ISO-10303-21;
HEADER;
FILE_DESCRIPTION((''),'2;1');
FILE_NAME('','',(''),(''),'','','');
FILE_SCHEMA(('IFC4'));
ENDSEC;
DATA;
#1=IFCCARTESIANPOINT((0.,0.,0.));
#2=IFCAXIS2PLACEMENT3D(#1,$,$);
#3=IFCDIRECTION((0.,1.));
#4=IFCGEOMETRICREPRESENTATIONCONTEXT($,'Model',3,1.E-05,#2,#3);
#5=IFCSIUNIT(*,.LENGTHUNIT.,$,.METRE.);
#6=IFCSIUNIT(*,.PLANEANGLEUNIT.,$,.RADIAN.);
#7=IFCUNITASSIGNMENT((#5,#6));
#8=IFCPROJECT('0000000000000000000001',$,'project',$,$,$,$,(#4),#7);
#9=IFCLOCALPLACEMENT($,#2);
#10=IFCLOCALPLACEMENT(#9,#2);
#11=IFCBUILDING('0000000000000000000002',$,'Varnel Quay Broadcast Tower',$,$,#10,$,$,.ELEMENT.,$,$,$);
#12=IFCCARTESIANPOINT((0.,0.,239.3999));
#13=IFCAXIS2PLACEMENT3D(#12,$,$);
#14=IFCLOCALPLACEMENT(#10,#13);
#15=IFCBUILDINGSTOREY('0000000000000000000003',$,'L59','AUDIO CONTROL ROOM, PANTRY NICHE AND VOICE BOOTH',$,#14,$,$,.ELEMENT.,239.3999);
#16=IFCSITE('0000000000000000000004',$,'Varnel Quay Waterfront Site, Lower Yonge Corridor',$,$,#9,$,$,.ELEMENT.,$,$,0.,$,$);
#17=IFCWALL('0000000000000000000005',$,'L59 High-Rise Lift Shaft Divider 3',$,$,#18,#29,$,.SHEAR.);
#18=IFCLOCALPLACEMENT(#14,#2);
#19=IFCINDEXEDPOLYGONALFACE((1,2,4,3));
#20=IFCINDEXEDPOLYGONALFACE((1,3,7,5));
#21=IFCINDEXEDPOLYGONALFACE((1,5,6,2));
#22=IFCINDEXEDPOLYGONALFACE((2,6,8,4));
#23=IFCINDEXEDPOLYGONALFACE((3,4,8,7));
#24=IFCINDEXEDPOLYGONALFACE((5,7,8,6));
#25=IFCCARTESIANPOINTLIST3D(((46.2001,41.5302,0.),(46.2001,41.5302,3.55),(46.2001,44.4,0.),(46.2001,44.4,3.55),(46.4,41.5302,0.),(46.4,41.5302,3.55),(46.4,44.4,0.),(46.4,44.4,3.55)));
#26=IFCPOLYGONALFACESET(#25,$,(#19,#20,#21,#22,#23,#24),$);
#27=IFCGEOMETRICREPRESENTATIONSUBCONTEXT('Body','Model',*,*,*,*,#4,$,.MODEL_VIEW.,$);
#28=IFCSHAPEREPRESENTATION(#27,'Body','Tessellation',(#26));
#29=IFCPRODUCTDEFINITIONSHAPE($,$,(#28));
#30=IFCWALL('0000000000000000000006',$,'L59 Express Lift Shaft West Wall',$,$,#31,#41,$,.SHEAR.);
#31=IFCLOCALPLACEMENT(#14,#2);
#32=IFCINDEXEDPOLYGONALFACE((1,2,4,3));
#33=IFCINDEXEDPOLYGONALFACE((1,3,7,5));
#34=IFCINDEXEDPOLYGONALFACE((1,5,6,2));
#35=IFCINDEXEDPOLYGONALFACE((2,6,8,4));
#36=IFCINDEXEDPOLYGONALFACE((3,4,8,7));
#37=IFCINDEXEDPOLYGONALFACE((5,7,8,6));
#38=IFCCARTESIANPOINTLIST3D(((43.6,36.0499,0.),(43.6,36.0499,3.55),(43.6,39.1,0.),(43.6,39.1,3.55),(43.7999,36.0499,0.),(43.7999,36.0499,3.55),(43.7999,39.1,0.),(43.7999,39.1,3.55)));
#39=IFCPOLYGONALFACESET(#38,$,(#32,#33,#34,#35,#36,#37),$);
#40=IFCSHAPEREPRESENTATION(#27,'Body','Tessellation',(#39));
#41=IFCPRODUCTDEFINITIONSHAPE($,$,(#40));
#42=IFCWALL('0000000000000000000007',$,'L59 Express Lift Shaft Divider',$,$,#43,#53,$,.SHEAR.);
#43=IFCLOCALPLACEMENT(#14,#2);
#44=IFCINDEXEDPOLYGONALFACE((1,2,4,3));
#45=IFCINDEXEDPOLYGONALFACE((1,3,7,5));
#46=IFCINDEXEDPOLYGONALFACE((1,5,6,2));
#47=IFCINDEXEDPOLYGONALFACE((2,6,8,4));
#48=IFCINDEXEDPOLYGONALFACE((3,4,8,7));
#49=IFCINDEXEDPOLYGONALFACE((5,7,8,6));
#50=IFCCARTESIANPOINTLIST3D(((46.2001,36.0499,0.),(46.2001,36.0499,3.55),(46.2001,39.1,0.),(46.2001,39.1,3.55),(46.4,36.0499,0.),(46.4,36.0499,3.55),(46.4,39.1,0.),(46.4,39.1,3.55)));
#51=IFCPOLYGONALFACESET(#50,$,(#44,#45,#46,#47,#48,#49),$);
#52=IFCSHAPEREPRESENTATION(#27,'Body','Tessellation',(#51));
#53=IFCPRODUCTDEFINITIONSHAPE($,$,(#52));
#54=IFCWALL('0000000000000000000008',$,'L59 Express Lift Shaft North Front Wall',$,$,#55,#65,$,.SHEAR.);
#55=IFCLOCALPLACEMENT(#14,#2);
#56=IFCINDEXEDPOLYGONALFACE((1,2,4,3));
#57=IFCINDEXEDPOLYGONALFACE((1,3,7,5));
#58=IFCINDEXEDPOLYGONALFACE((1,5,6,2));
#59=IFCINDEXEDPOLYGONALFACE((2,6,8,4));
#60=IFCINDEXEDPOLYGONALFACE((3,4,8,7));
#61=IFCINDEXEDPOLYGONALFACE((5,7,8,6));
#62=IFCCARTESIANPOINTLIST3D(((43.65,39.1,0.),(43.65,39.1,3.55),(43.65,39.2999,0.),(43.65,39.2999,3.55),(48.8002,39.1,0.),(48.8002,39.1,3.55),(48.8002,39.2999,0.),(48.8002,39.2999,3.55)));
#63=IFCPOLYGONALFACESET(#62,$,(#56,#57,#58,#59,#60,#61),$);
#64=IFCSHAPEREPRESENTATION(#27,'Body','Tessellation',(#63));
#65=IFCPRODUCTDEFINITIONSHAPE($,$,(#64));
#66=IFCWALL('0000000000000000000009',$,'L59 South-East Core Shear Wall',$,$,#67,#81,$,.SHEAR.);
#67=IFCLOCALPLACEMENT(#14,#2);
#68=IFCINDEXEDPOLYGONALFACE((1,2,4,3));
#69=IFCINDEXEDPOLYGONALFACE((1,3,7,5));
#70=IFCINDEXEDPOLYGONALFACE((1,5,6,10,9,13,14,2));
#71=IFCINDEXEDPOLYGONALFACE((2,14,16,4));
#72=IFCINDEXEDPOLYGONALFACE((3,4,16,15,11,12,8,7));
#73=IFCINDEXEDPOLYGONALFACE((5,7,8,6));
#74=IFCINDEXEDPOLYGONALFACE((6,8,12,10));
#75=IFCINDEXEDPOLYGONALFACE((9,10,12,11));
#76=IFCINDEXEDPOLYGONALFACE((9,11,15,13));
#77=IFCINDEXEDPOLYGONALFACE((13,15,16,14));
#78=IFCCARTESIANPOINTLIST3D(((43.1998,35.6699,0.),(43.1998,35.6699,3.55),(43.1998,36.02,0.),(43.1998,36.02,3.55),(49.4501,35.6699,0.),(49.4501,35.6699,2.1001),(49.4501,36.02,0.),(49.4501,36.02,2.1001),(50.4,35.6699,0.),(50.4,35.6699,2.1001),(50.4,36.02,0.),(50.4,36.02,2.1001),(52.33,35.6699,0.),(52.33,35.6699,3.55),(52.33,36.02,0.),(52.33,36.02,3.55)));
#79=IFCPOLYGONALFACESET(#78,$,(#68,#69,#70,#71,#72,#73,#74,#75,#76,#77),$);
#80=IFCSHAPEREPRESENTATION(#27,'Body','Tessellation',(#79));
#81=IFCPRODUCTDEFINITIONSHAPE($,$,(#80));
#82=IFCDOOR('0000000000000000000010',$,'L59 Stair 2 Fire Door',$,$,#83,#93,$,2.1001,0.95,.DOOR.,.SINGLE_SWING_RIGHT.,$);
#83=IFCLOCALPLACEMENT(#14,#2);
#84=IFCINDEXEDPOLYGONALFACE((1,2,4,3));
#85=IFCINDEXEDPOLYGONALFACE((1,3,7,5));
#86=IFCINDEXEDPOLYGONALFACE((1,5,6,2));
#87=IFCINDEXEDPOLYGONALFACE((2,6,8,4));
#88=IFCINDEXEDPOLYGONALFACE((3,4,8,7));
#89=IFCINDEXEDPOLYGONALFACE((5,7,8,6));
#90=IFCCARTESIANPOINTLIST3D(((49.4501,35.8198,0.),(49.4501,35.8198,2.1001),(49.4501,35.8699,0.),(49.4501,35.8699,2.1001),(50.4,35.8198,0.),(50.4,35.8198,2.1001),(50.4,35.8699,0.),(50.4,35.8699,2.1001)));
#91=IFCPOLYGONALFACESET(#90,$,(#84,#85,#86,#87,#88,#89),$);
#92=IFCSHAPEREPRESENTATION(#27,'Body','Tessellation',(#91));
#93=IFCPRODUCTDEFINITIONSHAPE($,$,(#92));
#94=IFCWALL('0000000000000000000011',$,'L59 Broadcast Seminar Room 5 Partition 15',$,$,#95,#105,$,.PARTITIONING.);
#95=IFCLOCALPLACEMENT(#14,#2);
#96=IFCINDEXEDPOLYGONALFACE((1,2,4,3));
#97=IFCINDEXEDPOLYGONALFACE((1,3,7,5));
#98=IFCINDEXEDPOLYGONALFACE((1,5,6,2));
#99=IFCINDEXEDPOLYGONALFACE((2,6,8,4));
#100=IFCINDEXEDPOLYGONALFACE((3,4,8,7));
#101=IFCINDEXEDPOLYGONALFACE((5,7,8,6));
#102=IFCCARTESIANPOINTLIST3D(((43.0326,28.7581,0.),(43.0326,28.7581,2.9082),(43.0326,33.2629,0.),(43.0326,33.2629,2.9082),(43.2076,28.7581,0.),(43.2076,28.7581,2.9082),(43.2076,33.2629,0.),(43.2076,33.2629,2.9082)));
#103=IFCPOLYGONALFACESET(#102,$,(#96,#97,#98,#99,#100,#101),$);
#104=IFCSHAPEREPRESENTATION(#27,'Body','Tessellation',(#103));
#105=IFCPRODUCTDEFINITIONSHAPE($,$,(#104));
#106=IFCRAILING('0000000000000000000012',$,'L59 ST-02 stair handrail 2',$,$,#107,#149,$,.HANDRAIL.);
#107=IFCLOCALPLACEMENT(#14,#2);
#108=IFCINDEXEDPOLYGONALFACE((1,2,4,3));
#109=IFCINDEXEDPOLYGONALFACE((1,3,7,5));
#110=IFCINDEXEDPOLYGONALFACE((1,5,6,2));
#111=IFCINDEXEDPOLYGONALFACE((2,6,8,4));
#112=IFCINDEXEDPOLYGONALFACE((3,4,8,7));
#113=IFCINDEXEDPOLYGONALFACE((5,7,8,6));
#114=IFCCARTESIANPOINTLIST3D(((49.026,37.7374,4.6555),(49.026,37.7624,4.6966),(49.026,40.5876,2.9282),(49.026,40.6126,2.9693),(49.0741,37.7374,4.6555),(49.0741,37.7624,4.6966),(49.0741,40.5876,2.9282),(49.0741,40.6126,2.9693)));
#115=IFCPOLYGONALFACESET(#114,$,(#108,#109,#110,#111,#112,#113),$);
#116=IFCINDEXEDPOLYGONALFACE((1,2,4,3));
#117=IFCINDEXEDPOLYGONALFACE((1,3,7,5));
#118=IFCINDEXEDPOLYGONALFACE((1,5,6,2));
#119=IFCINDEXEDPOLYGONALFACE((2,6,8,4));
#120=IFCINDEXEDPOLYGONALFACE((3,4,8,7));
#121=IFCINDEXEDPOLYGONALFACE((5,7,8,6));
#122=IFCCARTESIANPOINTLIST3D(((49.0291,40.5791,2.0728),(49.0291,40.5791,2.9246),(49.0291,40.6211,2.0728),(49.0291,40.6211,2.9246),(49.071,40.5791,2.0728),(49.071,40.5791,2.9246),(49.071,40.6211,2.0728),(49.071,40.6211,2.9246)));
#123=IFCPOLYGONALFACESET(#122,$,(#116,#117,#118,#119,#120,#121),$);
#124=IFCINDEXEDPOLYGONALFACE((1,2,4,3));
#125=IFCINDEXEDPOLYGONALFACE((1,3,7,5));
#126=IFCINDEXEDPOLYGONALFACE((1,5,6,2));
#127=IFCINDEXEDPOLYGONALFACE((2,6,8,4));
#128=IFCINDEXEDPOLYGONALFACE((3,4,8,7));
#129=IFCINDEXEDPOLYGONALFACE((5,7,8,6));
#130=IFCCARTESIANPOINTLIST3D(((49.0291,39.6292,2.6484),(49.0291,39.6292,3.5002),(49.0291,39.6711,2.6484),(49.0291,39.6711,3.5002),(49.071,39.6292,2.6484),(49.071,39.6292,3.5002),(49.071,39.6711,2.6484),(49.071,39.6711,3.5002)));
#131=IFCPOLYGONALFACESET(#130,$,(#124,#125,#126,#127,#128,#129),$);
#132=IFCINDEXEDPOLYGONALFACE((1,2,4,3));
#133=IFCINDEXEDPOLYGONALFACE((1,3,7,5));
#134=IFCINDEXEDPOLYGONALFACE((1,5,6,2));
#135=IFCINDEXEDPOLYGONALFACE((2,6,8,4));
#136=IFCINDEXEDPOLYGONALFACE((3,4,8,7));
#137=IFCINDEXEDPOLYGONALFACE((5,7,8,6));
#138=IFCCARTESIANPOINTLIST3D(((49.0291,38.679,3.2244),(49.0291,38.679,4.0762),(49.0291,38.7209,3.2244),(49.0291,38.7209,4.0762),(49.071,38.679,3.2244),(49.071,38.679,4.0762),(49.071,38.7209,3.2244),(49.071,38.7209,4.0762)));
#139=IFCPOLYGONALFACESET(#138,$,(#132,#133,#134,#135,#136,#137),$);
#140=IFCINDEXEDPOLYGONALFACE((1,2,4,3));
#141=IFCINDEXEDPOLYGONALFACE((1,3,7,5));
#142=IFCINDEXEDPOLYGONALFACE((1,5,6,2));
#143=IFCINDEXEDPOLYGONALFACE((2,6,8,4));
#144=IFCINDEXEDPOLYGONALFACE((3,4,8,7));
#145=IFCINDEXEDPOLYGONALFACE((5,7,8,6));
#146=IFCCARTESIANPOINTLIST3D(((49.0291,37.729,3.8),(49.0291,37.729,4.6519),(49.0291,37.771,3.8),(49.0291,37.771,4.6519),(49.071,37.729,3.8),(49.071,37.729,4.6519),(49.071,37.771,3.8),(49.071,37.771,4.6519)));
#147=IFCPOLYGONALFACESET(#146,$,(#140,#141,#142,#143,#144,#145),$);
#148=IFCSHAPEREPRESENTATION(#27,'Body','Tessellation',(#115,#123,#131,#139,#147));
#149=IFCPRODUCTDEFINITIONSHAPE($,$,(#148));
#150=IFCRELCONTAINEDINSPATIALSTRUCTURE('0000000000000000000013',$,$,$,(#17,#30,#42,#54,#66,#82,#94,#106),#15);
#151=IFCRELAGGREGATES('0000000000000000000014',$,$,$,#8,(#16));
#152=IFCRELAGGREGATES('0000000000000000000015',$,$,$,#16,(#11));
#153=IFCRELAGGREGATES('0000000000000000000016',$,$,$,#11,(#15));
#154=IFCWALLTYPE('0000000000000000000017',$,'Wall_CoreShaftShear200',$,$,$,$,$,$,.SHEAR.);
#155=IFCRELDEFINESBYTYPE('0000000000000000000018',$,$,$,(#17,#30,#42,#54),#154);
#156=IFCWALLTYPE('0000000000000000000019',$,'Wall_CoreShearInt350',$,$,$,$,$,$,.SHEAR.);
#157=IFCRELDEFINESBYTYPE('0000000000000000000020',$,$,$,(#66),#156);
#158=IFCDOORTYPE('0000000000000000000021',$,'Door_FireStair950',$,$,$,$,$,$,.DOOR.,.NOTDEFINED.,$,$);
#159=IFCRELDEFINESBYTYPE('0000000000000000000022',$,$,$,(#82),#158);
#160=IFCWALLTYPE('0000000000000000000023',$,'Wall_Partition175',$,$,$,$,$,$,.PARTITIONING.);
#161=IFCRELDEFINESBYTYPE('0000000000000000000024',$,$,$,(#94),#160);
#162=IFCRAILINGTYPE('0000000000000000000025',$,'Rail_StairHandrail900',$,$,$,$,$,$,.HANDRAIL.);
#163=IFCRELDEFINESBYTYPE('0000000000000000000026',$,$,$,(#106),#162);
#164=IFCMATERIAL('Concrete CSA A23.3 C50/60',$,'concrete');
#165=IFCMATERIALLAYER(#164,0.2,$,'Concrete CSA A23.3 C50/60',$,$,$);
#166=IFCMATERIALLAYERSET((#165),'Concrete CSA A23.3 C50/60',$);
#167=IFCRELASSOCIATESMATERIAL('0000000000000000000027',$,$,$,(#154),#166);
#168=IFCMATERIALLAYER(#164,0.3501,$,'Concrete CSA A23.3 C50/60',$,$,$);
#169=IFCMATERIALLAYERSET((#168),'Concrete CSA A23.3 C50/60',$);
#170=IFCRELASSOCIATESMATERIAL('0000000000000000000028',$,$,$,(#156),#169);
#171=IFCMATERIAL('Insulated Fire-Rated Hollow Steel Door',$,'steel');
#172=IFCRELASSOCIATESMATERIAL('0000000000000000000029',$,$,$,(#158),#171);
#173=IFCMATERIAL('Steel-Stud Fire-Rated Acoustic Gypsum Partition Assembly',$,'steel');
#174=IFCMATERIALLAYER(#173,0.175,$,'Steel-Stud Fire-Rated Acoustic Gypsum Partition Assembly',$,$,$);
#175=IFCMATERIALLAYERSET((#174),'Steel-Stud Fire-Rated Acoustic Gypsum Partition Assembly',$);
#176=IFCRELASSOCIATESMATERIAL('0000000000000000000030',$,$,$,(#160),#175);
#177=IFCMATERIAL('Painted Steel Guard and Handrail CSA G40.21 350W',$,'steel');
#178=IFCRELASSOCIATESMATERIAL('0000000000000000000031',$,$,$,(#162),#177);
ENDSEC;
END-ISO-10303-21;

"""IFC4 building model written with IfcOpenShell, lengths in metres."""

from ifc_helpers import new_model, si_unit, direction, frame, frame_2d, origin, origin_2d, place, context, subcontext, project, spatial, rectangle, extrude, source, transform, mapped, material, layer, layer_set, type_object, type_shapes, element, fill, save


model = new_model("IFC4")

# Units and contexts
model_context = context("Model", 3, precision=1e-05, world=origin(), true_north=direction((0.0, 1.0)))
body_context = subcontext(model_context, "Body", "Model", "MODEL_VIEW")
ifc_project = project(units=[si_unit("LENGTHUNIT", "METRE"), si_unit("PLANEANGLEUNIT", "RADIAN")], contexts=[model_context])

# Site, building, storey
site_placement = place(None, origin())
site = spatial("IfcSite", under=ifc_project, at=site_placement, Name="Varnel Quay Waterfront Site, Lower Yonge Corridor", CompositionType="ELEMENT", RefElevation=0.0)
building_placement = place(site_placement, origin())
building = spatial("IfcBuilding", under=site, at=building_placement, Name="Varnel Quay Broadcast Tower", CompositionType="ELEMENT")
storey_placement = place(building_placement, frame((0.0, 0.0, 239.3999)))
storey = spatial("IfcBuildingStorey", under=building, at=storey_placement, Name="L59", Description="AUDIO CONTROL ROOM, PANTRY NICHE AND VOICE BOOTH", CompositionType="ELEMENT", Elevation=239.3999)

# Walls
ifc_material_1 = material(Name="Concrete CSA A23.3 C50/60", Category="concrete")
ifc_layer_1 = layer(ifc_material_1, 0.2, Name="Concrete CSA A23.3 C50/60")
ifc_layer_set_1 = layer_set([ifc_layer_1], Name="Concrete CSA A23.3 C50/60")
wall_type_1 = type_object("IfcWallType", Name="Wall_CoreShaftShear200", PredefinedType="SHEAR", material=ifc_layer_set_1)
for number, where, z_axis, x_axis, name in (
    (1, (46.3, 41.53, 0.0), (0.0, 0.0, 1.0), (0.0, 1.0, 0.0), "L59 High-Rise Lift Shaft Divider 3"),
):
    element("IfcWall", number, at=place(storey_placement, frame(where, z_axis=z_axis, x_axis=x_axis)), inside=storey, type_object=wall_type_1, Name=name, PredefinedType="SHEAR", context=body_context, shape_type="SweptSolid", body=[
        extrude(rectangle(XDim=2.8699, YDim=0.2, at=frame_2d((1.4351, 0.0))), origin(), (0.0, 0.0, 1.0), 3.55),
    ])
for number, where, z_axis, x_axis, name in (
    (2, (43.7, 36.05, 0.0), (0.0, 0.0, 1.0), (0.0, 1.0, 0.0), "L59 Express Lift Shaft West Wall"),
    (3, (46.3, 36.05, 0.0), (0.0, 0.0, 1.0), (0.0, 1.0, 0.0), "L59 Express Lift Shaft Divider"),
):
    element("IfcWall", number, at=place(storey_placement, frame(where, z_axis=z_axis, x_axis=x_axis)), inside=storey, type_object=wall_type_1, Name=name, PredefinedType="SHEAR", context=body_context, shape_type="SweptSolid", body=[
        extrude(rectangle(XDim=3.05, YDim=0.2, at=frame_2d((1.5249, 0.0))), origin(), (0.0, 0.0, 1.0), 3.55),
    ])
wall_1_placement = place(storey_placement, frame((43.6499, 39.2, 0.0), z_axis=(0.0, 0.0, 1.0), x_axis=(1.0, 0.0, 0.0)))
element("IfcWall", 4, at=wall_1_placement, inside=storey, type_object=wall_type_1, Name="L59 Express Lift Shaft North Front Wall", PredefinedType="SHEAR", context=body_context, shape_type="SweptSolid", body=[
    extrude(rectangle(XDim=5.1501, YDim=0.2, at=frame_2d((2.5752, 0.0))), origin(), (0.0, 0.0, 1.0), 3.55),
])

# Wall, opening, door
ifc_layer_2 = layer(ifc_material_1, 0.3501, Name="Concrete CSA A23.3 C50/60")
ifc_layer_set_2 = layer_set([ifc_layer_2], Name="Concrete CSA A23.3 C50/60")
wall_type_2 = type_object("IfcWallType", Name="Wall_CoreShearInt350", PredefinedType="SHEAR", material=ifc_layer_set_2)
wall_2_placement = place(storey_placement, frame((43.2, 35.845, 0.0), z_axis=(0.0, 0.0, 1.0), x_axis=(1.0, 0.0, 0.0)))
wall_2 = element("IfcWall", 5, at=wall_2_placement, inside=storey, type_object=wall_type_2, Name="L59 South-East Core Shear Wall", PredefinedType="SHEAR", context=body_context, shape_type="SweptSolid", body=[
    extrude(rectangle(XDim=9.1301, YDim=0.3501, at=frame_2d((4.5649, 0.0))), origin(), (0.0, 0.0, 1.0), 3.55),
])
opening_placement = place(wall_2_placement, frame((6.25, 0.0, 0.0)))
opening = element("IfcOpeningElement", 6, at=opening_placement, cuts=wall_2, PredefinedType="OPENING", context=body_context, shape_type="SweptSolid", body=[
    extrude(rectangle(XDim=0.95, YDim=2.1001, at=frame_2d((0.4751, 1.05))), frame((0.0, 0.1851, 0.0), z_axis=(0.0, -1.0, 0.0), x_axis=(1.0, 0.0, 0.0)), (0.0, 0.0, 1.0), 0.3701),
])
ifc_material_2 = material(Name="Insulated Fire-Rated Hollow Steel Door", Category="steel")
door_type = type_object("IfcDoorType", Name="Door_FireStair950", OperationType="NOTDEFINED", PredefinedType="DOOR", material=ifc_material_2)
shared_shape_1 = source(origin(), body_context, "Body", "SweptSolid", [
    extrude(rectangle(XDim=0.95, YDim=2.1001, at=frame_2d((0.4751, 1.05))), frame((0.0, 0.0249, 0.0), z_axis=(0.0, -1.0, 0.0), x_axis=(1.0, 0.0, 0.0)), (0.0, 0.0, 1.0), 0.05),
])
type_shapes(door_type, [shared_shape_1])
door_placement = place(opening_placement, origin())
door = element("IfcDoor", 7, at=door_placement, inside=storey, type_object=door_type, Name="L59 Stair 2 Fire Door", OperationType="SINGLE_SWING_RIGHT", OverallHeight=2.1001, OverallWidth=0.95, PredefinedType="DOOR", context=body_context, shape_type="MappedRepresentation", body=[
    mapped(shared_shape_1, transform((0.0, 0.0, 0.0), x_axis=(1.0, 0.0, 0.0), y_axis=(0.0, 1.0, 0.0), z_axis=(0.0, 0.0, 1.0), scale=1.0)),
])
fill(opening, door)

# Wall
ifc_material_3 = material(Name="Steel-Stud Fire-Rated Acoustic Gypsum Partition Assembly", Category="steel")
ifc_layer_3 = layer(ifc_material_3, 0.175, Name="Steel-Stud Fire-Rated Acoustic Gypsum Partition Assembly")
ifc_layer_set_3 = layer_set([ifc_layer_3], Name="Steel-Stud Fire-Rated Acoustic Gypsum Partition Assembly")
wall_type_3 = type_object("IfcWallType", Name="Wall_Partition175", PredefinedType="PARTITIONING", material=ifc_layer_set_3)
wall_3_placement = place(storey_placement, frame((43.1201, 28.7581, 0.0), z_axis=(0.0, 0.0, 1.0), x_axis=(0.0, 1.0, 0.0)))
element("IfcWall", 8, at=wall_3_placement, inside=storey, type_object=wall_type_3, Name="L59 Broadcast Seminar Room 5 Partition 15", PredefinedType="PARTITIONING", context=body_context, shape_type="SweptSolid", body=[
    extrude(rectangle(XDim=4.5049, YDim=0.175, at=frame_2d((2.2524, 0.0))), origin(), (0.0, 0.0, 1.0), 2.9082),
])

# Railing
ifc_material_4 = material(Name="Painted Steel Guard and Handrail CSA G40.21 350W", Category="steel")
railing_type = type_object("IfcRailingType", Name="Rail_StairHandrail900", PredefinedType="HANDRAIL", material=ifc_material_4)
railing_placement = place(storey_placement, frame((49.05, 40.6001, 2.0728)))
element("IfcRailing", 9, at=railing_placement, inside=storey, type_object=railing_type, Name="L59 ST-02 stair handrail 2", PredefinedType="HANDRAIL", context=body_context, shape_type="SweptSolid", body=[
    extrude(rectangle(XDim=0.0481, YDim=0.0481, at=origin_2d()), frame((0.0, 0.0, 0.876), z_axis=(0.0, -0.855203, 0.518294), x_axis=(1.0, 0.0, 0.0)), (0.0, 0.0, 1.0), 3.3328),
    extrude(rectangle(XDim=0.042, YDim=0.042, at=origin_2d()), origin(), (0.0, 0.0, 1.0), 0.8518),
    extrude(rectangle(XDim=0.042, YDim=0.042, at=origin_2d()), frame((0.0, -0.95, 0.5757)), (0.0, 0.0, 1.0), 0.8518),
    extrude(rectangle(XDim=0.042, YDim=0.042, at=origin_2d()), frame((0.0, -1.9001, 1.1516)), (0.0, 0.0, 1.0), 0.8518),
    extrude(rectangle(XDim=0.042, YDim=0.042, at=origin_2d()), frame((0.0, -2.8501, 1.7273)), (0.0, 0.0, 1.0), 0.8518),
])

save(model, "model.ifc")
